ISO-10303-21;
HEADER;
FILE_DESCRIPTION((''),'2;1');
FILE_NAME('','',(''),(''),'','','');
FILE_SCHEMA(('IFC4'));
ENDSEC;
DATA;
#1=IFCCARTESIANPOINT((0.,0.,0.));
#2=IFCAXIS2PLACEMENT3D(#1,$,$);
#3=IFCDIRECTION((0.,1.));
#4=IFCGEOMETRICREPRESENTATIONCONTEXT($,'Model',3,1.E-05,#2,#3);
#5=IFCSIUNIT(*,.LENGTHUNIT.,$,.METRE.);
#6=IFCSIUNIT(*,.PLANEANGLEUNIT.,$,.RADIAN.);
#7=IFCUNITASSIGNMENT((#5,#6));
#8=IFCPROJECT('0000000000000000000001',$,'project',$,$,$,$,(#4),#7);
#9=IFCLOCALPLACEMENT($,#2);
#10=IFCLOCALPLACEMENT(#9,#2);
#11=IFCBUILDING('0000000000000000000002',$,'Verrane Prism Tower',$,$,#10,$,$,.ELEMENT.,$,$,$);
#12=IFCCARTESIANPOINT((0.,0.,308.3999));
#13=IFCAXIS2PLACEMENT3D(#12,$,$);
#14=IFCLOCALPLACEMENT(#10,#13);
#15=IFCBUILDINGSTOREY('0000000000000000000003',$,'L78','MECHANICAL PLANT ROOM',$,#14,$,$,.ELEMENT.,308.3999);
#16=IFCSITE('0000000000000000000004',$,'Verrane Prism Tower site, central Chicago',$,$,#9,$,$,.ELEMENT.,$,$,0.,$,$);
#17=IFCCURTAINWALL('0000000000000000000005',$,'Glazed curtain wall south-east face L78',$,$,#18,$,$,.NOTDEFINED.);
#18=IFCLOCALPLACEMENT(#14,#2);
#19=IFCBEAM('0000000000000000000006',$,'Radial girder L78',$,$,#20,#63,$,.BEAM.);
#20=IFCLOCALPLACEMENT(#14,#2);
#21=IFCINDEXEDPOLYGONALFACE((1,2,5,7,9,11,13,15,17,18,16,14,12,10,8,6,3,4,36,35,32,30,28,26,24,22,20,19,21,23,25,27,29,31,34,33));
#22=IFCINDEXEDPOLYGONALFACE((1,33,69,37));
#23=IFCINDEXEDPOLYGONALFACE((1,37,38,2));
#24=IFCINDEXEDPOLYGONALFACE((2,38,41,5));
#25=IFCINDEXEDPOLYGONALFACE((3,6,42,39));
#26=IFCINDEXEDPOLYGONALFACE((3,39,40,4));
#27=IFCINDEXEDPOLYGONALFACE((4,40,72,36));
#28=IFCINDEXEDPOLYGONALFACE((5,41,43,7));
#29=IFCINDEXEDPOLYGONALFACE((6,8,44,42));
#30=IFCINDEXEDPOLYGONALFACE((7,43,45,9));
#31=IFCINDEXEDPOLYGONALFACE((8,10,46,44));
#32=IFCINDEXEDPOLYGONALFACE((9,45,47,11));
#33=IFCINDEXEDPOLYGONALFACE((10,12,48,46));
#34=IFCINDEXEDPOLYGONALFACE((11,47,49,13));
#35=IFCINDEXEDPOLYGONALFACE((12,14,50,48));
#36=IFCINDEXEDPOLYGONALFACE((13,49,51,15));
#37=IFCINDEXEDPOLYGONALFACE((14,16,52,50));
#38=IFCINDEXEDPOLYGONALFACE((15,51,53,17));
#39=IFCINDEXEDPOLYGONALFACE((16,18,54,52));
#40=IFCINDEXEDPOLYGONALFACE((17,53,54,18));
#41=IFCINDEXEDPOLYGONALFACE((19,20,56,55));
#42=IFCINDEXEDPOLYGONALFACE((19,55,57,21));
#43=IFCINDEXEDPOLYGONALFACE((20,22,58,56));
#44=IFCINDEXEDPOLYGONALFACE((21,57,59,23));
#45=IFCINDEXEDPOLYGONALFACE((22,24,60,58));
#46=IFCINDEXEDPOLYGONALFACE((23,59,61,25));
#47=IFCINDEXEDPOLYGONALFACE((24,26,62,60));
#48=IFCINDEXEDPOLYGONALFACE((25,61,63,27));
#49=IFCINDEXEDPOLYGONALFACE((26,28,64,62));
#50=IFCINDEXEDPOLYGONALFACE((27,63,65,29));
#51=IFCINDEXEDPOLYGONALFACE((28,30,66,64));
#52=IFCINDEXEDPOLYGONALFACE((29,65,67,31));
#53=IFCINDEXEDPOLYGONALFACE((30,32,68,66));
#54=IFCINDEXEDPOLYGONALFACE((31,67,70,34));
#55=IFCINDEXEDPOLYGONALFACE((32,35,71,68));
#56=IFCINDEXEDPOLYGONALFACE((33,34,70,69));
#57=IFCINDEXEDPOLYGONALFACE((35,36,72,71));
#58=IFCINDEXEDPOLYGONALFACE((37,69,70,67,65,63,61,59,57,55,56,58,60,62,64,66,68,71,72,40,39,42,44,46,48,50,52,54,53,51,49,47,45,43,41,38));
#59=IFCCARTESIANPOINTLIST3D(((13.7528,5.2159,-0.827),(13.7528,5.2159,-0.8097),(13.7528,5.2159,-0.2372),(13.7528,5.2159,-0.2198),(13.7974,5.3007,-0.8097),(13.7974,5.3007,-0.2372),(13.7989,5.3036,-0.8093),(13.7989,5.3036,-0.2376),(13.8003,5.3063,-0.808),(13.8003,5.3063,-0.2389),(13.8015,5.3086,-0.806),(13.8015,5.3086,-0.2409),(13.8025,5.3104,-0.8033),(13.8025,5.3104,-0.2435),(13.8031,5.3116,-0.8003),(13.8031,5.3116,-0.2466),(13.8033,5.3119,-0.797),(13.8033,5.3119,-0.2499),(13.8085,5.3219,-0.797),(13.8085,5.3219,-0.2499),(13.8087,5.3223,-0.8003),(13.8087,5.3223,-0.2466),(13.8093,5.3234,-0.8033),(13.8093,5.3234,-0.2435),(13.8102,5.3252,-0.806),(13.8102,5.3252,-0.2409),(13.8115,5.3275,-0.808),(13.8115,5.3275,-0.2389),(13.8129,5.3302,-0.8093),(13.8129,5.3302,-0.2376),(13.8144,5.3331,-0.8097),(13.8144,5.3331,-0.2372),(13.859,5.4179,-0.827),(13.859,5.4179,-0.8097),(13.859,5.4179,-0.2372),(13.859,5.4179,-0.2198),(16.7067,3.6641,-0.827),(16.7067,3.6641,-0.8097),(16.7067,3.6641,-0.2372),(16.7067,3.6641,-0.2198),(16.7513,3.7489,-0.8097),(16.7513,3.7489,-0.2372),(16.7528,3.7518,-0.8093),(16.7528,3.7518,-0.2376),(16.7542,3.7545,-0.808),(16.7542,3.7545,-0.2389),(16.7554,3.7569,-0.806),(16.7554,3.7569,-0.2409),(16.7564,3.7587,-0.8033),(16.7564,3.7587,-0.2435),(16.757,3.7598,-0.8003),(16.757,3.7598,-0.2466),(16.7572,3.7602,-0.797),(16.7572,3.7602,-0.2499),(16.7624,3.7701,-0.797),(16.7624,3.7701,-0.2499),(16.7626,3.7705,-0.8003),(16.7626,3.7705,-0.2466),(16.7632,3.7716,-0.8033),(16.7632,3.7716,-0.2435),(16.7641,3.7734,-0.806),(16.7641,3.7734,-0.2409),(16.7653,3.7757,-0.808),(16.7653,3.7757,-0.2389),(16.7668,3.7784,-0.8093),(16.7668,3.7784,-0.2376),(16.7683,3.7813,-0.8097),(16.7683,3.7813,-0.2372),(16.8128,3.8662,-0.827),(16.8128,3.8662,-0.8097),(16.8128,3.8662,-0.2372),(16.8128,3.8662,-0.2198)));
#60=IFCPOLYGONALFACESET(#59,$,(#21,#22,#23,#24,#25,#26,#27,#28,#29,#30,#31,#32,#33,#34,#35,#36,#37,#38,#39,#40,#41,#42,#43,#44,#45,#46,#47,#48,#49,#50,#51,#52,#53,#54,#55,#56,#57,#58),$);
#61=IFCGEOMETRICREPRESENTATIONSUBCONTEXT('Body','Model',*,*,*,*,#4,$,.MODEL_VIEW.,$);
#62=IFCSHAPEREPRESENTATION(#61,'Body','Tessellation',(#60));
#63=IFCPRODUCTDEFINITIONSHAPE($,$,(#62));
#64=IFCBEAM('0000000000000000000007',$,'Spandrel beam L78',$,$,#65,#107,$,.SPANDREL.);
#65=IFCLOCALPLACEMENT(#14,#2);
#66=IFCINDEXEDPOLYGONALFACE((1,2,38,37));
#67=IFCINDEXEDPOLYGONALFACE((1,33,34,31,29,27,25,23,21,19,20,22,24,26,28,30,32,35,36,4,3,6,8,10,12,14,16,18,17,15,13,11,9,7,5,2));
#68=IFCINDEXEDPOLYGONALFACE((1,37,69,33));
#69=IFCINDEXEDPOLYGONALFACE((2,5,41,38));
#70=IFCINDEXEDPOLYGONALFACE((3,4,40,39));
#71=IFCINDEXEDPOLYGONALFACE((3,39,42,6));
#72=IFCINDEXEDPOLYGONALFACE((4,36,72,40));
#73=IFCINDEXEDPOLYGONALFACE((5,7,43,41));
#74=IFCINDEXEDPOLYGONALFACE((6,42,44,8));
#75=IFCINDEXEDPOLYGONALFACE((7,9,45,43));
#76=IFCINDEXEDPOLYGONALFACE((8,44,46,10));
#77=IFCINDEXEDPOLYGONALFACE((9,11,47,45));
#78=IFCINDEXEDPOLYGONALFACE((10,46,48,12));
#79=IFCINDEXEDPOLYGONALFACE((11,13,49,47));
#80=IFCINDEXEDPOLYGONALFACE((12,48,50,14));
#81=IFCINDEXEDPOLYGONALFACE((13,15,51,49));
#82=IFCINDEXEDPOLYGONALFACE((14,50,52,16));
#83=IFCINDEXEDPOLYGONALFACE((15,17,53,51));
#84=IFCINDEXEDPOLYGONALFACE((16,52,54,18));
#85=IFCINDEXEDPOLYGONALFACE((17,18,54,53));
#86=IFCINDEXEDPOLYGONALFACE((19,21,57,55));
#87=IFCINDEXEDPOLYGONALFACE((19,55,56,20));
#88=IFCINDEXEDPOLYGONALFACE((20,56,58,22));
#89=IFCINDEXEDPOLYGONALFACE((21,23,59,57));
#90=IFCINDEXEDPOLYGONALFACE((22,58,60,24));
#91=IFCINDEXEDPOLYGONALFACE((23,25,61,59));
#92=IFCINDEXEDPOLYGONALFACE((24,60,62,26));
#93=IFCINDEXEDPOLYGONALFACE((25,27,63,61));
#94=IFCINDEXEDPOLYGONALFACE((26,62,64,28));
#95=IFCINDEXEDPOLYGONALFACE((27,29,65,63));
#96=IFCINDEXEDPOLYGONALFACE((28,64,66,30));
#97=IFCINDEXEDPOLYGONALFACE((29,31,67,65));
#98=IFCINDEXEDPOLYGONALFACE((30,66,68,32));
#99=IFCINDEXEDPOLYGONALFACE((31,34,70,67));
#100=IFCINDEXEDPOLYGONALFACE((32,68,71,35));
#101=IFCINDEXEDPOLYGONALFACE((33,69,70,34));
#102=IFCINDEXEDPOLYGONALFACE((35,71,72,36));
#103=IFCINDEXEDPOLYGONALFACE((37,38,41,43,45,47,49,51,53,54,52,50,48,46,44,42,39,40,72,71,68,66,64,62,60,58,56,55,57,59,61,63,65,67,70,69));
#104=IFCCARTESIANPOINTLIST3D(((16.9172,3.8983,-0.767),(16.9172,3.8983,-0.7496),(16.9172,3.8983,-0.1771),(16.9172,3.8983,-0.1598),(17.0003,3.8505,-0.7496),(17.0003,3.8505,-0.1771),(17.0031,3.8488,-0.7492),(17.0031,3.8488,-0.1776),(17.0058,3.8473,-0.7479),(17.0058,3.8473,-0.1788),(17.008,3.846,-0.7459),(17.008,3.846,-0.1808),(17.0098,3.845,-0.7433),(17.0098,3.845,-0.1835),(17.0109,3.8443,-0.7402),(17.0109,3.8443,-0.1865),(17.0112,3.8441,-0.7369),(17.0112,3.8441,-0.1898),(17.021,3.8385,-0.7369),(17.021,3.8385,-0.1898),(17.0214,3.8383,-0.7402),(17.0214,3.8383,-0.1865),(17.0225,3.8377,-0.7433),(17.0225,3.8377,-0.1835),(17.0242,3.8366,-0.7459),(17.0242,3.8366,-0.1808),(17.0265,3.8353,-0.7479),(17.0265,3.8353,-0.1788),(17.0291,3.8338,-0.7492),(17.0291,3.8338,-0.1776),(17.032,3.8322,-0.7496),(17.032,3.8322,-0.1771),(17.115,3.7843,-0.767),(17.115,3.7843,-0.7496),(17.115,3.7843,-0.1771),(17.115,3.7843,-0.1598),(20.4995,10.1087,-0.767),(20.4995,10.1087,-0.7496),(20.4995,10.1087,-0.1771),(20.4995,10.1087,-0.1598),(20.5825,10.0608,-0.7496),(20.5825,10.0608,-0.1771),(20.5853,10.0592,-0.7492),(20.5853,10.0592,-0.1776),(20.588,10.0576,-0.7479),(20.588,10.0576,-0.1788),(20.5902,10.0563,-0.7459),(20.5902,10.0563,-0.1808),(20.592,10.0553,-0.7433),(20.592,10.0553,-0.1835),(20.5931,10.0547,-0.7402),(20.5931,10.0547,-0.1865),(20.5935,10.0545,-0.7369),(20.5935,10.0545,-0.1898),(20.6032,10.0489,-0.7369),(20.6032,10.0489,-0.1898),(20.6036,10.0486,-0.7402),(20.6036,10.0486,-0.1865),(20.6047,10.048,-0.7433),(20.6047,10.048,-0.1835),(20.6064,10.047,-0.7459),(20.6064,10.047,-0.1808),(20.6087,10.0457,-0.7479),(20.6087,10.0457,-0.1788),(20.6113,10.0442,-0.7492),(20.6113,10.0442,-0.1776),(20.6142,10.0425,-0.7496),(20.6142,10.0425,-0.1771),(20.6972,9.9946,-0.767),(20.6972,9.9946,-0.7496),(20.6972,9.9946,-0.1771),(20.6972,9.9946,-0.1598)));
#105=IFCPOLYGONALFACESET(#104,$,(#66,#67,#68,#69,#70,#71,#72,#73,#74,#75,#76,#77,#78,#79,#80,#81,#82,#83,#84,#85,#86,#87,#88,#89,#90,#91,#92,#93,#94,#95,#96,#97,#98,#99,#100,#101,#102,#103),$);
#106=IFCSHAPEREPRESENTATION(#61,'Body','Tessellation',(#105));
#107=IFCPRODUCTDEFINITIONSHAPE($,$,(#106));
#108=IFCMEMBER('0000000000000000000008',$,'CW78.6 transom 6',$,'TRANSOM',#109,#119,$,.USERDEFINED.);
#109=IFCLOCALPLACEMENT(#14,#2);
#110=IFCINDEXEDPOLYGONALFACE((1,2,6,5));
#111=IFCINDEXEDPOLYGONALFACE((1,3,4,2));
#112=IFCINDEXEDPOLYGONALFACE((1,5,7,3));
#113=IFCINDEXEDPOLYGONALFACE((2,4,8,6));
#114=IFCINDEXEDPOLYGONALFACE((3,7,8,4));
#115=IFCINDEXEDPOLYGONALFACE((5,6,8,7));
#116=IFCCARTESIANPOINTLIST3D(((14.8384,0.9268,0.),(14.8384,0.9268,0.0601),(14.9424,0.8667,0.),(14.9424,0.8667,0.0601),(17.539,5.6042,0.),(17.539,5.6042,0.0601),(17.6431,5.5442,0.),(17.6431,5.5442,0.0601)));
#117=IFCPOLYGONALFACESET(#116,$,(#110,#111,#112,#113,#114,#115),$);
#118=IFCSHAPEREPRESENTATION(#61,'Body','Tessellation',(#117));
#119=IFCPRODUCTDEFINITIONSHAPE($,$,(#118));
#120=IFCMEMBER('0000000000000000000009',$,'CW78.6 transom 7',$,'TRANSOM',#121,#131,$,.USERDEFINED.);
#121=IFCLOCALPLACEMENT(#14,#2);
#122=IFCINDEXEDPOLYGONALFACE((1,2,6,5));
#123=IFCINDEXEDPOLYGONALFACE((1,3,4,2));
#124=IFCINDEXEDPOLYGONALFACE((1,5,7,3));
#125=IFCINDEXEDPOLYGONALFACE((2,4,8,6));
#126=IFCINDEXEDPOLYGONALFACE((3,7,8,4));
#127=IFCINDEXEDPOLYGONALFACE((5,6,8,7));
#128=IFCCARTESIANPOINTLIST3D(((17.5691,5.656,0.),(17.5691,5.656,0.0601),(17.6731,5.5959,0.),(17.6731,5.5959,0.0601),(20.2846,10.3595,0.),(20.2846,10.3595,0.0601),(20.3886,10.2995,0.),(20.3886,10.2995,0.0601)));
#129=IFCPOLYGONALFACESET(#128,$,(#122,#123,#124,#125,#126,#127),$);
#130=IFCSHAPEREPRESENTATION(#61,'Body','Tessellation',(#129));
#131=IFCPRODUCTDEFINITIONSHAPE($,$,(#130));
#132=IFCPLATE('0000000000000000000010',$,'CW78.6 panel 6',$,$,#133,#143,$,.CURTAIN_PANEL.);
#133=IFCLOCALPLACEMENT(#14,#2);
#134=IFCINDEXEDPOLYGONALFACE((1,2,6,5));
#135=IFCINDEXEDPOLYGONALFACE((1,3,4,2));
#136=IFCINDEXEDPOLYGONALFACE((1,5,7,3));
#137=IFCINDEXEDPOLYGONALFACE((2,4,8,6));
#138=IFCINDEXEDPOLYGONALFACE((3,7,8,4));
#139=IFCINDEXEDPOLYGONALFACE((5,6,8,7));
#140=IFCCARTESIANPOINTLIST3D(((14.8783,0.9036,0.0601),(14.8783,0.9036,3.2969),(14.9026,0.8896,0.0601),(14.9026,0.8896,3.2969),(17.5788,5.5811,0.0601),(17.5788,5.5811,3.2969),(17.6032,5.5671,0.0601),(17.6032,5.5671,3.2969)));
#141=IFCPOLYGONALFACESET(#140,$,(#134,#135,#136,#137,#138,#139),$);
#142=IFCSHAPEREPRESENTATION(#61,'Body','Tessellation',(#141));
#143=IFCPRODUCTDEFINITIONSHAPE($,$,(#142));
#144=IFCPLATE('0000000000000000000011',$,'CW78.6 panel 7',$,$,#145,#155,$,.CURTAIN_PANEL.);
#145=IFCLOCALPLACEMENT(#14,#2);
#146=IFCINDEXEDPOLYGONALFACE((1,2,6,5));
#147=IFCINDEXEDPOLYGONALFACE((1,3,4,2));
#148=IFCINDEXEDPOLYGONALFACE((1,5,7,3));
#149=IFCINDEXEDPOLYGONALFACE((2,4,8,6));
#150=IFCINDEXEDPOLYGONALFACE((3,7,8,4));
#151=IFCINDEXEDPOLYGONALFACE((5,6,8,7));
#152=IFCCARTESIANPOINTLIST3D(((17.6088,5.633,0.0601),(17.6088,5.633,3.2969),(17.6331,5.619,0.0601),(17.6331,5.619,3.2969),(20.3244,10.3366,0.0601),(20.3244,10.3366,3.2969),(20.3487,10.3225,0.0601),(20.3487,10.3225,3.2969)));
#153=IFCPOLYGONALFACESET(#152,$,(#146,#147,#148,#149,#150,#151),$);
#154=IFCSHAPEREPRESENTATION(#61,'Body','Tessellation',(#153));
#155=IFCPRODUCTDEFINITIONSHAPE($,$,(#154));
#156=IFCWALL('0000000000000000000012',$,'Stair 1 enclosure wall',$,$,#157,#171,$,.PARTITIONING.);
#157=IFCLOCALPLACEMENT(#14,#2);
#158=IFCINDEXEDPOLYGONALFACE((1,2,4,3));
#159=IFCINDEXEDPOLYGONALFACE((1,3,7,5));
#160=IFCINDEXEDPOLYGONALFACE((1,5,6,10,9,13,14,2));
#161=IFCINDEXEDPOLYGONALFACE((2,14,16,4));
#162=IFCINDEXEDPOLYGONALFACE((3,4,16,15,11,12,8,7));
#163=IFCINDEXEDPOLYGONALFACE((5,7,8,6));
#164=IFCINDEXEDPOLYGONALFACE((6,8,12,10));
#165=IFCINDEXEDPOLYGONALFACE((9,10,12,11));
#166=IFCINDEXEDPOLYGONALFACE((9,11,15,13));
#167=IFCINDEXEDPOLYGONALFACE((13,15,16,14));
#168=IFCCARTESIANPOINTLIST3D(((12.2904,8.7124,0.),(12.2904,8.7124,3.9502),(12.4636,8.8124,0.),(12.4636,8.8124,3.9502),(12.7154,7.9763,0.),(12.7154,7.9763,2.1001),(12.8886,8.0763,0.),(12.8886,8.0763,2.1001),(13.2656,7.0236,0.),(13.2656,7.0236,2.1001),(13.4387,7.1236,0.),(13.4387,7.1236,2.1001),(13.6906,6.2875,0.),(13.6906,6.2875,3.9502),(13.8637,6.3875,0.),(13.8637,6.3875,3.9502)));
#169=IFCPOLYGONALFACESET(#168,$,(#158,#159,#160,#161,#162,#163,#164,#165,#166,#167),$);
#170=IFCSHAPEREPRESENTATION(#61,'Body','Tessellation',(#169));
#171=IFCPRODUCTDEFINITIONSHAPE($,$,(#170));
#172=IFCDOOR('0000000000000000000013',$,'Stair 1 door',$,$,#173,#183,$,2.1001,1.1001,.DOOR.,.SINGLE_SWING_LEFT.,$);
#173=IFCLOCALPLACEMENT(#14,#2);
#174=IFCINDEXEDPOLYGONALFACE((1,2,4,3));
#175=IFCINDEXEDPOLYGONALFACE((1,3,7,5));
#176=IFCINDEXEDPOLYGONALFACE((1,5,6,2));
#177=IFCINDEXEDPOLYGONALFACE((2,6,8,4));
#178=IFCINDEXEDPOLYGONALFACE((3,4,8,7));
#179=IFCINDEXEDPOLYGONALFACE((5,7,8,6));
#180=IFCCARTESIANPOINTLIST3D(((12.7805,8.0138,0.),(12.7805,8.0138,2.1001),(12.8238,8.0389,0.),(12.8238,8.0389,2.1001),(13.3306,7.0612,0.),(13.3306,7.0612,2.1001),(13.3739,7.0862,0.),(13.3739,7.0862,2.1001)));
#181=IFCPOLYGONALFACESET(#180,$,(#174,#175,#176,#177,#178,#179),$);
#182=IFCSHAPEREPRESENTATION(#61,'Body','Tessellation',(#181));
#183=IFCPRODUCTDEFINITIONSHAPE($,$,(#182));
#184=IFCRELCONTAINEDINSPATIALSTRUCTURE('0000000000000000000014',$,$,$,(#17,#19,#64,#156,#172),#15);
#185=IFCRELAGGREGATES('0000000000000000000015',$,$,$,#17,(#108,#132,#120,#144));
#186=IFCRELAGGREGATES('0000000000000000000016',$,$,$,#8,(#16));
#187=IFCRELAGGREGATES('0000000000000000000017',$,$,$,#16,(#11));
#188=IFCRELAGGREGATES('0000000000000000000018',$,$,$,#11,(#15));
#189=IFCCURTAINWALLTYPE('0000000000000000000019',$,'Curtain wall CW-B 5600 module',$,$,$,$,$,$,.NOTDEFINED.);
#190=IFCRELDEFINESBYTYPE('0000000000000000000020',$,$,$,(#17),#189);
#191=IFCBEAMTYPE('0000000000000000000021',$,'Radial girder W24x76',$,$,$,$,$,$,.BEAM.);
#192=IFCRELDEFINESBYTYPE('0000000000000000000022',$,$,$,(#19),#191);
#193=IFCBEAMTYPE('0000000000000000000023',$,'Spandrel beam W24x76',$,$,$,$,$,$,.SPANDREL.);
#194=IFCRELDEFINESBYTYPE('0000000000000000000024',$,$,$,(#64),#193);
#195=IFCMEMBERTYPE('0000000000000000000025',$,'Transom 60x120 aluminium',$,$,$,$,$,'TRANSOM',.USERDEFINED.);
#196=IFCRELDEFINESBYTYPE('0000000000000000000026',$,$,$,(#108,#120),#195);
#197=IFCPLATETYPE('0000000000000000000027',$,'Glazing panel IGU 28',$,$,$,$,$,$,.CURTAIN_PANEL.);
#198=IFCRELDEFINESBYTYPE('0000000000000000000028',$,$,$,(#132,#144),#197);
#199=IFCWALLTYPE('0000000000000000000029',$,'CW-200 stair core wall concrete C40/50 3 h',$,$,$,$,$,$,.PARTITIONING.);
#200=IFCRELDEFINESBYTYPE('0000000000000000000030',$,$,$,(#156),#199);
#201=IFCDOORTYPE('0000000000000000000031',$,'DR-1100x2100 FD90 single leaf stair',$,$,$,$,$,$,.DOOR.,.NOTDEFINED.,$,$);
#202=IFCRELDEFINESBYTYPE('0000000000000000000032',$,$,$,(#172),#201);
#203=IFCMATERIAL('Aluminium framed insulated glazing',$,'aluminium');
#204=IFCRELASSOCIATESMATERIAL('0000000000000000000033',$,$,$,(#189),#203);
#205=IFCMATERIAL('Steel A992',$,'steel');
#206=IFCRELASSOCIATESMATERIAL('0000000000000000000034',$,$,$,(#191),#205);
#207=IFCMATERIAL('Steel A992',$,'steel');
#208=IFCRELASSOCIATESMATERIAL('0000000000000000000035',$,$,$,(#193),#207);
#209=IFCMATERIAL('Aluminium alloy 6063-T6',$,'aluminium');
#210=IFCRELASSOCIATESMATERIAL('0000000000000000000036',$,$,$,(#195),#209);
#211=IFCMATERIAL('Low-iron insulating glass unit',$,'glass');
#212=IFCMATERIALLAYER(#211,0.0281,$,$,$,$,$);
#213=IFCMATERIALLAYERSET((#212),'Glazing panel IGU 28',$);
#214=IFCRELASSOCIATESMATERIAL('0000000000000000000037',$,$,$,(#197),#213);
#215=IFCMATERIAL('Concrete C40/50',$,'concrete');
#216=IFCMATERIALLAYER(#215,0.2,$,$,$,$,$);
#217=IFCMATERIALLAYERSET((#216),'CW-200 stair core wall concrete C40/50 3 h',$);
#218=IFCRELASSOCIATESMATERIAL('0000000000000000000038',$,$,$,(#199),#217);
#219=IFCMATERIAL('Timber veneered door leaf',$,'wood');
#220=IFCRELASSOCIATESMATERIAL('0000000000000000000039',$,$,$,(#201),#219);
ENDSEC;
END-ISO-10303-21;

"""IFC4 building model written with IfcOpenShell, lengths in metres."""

from ifc_helpers import new_model, si_unit, direction, frame, frame_2d, origin, origin_2d, place, context, subcontext, project, spatial, rectangle, i_section, extrude, material, layer, layer_set, material_profile, profile_set, type_object, element, fill, aggregate, save


model = new_model("IFC4")

# Units and contexts
model_context = context("Model", 3, precision=1e-05, world=origin(), true_north=direction((0.0, 1.0)))
body_context = subcontext(model_context, "Body", "Model", "MODEL_VIEW")
ifc_project = project(units=[si_unit("LENGTHUNIT", "METRE"), si_unit("PLANEANGLEUNIT", "RADIAN")], contexts=[model_context])

# Site, building, storey
site_placement = place(None, origin())
site = spatial("IfcSite", under=ifc_project, at=site_placement, Name="Verrane Prism Tower site, central Chicago", CompositionType="ELEMENT", RefElevation=0.0)
building_placement = place(site_placement, origin())
building = spatial("IfcBuilding", under=site, at=building_placement, Name="Verrane Prism Tower", CompositionType="ELEMENT")
storey_placement = place(building_placement, frame((0.0, 0.0, 308.3999)))
storey = spatial("IfcBuildingStorey", under=building, at=storey_placement, Name="L78", Description="MECHANICAL PLANT ROOM", CompositionType="ELEMENT", Elevation=308.3999)

# Curtain wall
ifc_material_1 = material(Name="Aluminium framed insulated glazing", Category="aluminium")
curtain_wall_type = type_object("IfcCurtainWallType", Name="Curtain wall CW-B 5600 module", PredefinedType="NOTDEFINED", material=ifc_material_1)
curtain_wall_placement = place(storey_placement, origin())
curtain_wall = element("IfcCurtainWall", 1, at=curtain_wall_placement, inside=storey, type_object=curtain_wall_type, Name="Glazed curtain wall south-east face L78", PredefinedType="NOTDEFINED")

# Beams
ifc_material_2 = material(Name="Steel A992", Category="steel")
ifc_material_profile_1 = material_profile(ifc_material_2, i_section(OverallWidth=0.2283, OverallDepth=0.6072, WebThickness=0.0112, FlangeThickness=0.0173, FilletRadius=0.0127, at=origin_2d()), Name="W24x76")
ifc_profile_set_1 = profile_set([ifc_material_profile_1], Name="Steel A992")
beam_type_1 = type_object("IfcBeamType", Name="Radial girder W24x76", PredefinedType="BEAM", material=ifc_profile_set_1)
beam_1_placement = place(storey_placement, frame((16.7598, 3.7651, -0.5234), z_axis=(-0.885277, 0.465065, 0.0), x_axis=(-0.465065, -0.885277, 0.0)))
element("IfcBeam", 2, at=beam_1_placement, inside=storey, type_object=beam_type_1, Name="Radial girder L78", PredefinedType="BEAM", context=body_context, shape_type="SweptSolid", body=[
    extrude(i_section(OverallWidth=0.2283, OverallDepth=0.6072, WebThickness=0.0112, FlangeThickness=0.0173, FilletRadius=0.0127, at=origin_2d()), origin(), (0.0, 0.0, 1.0), 3.3367),
])
ifc_material_3 = material(Name="Steel A992", Category="steel")
ifc_material_profile_2 = material_profile(ifc_material_3, i_section(OverallWidth=0.2283, OverallDepth=0.6072, WebThickness=0.0112, FlangeThickness=0.0173, FilletRadius=0.0127, at=origin_2d()), Name="W24x76")
ifc_profile_set_2 = profile_set([ifc_material_profile_2], Name="Steel A992")
beam_type_2 = type_object("IfcBeamType", Name="Spandrel beam W24x76", PredefinedType="SPANDREL", material=ifc_profile_set_2)
beam_2_placement = place(storey_placement, frame((17.0161, 3.8413, -0.4634), z_axis=(0.499652, 0.866226, 0.0), x_axis=(-0.866226, 0.499652, 0.0)))
element("IfcBeam", 3, at=beam_2_placement, inside=storey, type_object=beam_type_2, Name="Spandrel beam L78", PredefinedType="SPANDREL", context=body_context, shape_type="SweptSolid", body=[
    extrude(i_section(OverallWidth=0.2283, OverallDepth=0.6072, WebThickness=0.0112, FlangeThickness=0.0173, FilletRadius=0.0127, at=origin_2d()), origin(), (0.0, 0.0, 1.0), 7.1694),
])

# Members
ifc_material_4 = material(Name="Aluminium alloy 6063-T6", Category="aluminium")
ifc_material_profile_3 = material_profile(ifc_material_4, rectangle(XDim=0.1201, YDim=0.0601, at=origin_2d()), Name="Transom 60x120 aluminium")
ifc_profile_set_3 = profile_set([ifc_material_profile_3], Name="Aluminium alloy 6063-T6")
member_type_1 = type_object("IfcMemberType", Name="Transom 60x120 aluminium", ElementType="TRANSOM", PredefinedType="USERDEFINED", material=ifc_profile_set_3)
member_1_placement = place(storey_placement, frame((14.8904, 0.8967, 0.03), z_axis=(0.500019, 0.866015, 0.0), x_axis=(-0.866015, 0.500019, 0.0)))
member_1 = element("IfcMember", 4, at=member_1_placement, type_object=member_type_1, Name="CW78.6 transom 6", ObjectType="TRANSOM", PredefinedType="USERDEFINED", context=body_context, shape_type="SweptSolid", body=[
    extrude(rectangle(XDim=0.1201, YDim=0.0601, at=origin_2d()), origin(), (0.0, 0.0, 1.0), 5.4011),
])
member_2_placement = place(storey_placement, frame((17.6211, 5.626, 0.03), z_axis=(0.499992, 0.86603, 0.0), x_axis=(-0.86603, 0.499992, 0.0)))
member_2 = element("IfcMember", 5, at=member_2_placement, type_object=member_type_1, Name="CW78.6 transom 7", ObjectType="TRANSOM", PredefinedType="USERDEFINED", context=body_context, shape_type="SweptSolid", body=[
    extrude(rectangle(XDim=0.1201, YDim=0.0601, at=origin_2d()), origin(), (0.0, 0.0, 1.0), 5.4312),
])

# Plates
ifc_material_5 = material(Name="Low-iron insulating glass unit", Category="glass")
ifc_layer_1 = layer(ifc_material_5, 0.0281)
ifc_layer_set_1 = layer_set([ifc_layer_1], Name="Glazing panel IGU 28")
plate_type = type_object("IfcPlateType", Name="Glazing panel IGU 28", PredefinedType="CURTAIN_PANEL", material=ifc_layer_set_1)
plate_1_placement = place(storey_placement, frame((16.2407, 3.2354, 0.0601), z_axis=(0.0, 0.0, 1.0), x_axis=(0.5, 0.866025, 0.0)))
plate_1 = element("IfcPlate", 6, at=plate_1_placement, type_object=plate_type, Name="CW78.6 panel 6", PredefinedType="CURTAIN_PANEL", context=body_context, shape_type="SweptSolid", body=[
    extrude(rectangle(XDim=5.4011, YDim=0.0281, at=origin_2d()), origin(), (0.0, 0.0, 1.0), 3.2368),
])
plate_2_placement = place(storey_placement, frame((18.9788, 7.9778, 0.0601), z_axis=(0.0, 0.0, 1.0), x_axis=(0.5, 0.866025, 0.0)))
plate_2 = element("IfcPlate", 7, at=plate_2_placement, type_object=plate_type, Name="CW78.6 panel 7", PredefinedType="CURTAIN_PANEL", context=body_context, shape_type="SweptSolid", body=[
    extrude(rectangle(XDim=5.4312, YDim=0.0281, at=origin_2d()), origin(), (0.0, 0.0, 1.0), 3.2368),
])
aggregate(curtain_wall, [member_1, plate_1, member_2, plate_2])

# Wall, opening, door
ifc_material_6 = material(Name="Concrete C40/50", Category="concrete")
ifc_layer_2 = layer(ifc_material_6, 0.2)
ifc_layer_set_2 = layer_set([ifc_layer_2], Name="CW-200 stair core wall concrete C40/50 3 h")
wall_type_1 = type_object("IfcWallType", Name="CW-200 stair core wall concrete C40/50 3 h", PredefinedType="PARTITIONING", material=ifc_layer_set_2)
wall_1_placement = place(storey_placement, frame((13.7771, 6.3376, 0.0), z_axis=(0.0, 0.0, 1.0), x_axis=(-0.50005, 0.865997, 0.0)))
wall_1 = element("IfcWall", 8, at=wall_1_placement, inside=storey, type_object=wall_type_1, Name="Stair 1 enclosure wall", PredefinedType="PARTITIONING", context=body_context, shape_type="SweptSolid", body=[
    extrude(rectangle(XDim=2.8, YDim=0.2, at=frame_2d((1.3999, 0.0))), origin(), (0.0, 0.0, 1.0), 3.9502),
])
opening_1_placement = place(wall_1_placement, frame((0.8499, 0.0, 0.0)))
opening_1 = element("IfcOpeningElement", 9, at=opening_1_placement, cuts=wall_1, PredefinedType="OPENING", context=body_context, shape_type="SweptSolid", body=[
    extrude(rectangle(XDim=1.1001, YDim=2.1001, at=frame_2d((0.55, 1.05))), frame((0.0, 0.1099, 0.0), z_axis=(0.0, -1.0, 0.0), x_axis=(1.0, 0.0, 0.0)), (0.0, 0.0, 1.0), 0.22),
])
ifc_material_7 = material(Name="Timber veneered door leaf", Category="wood")
door_type_1 = type_object("IfcDoorType", Name="DR-1100x2100 FD90 single leaf stair", OperationType="NOTDEFINED", PredefinedType="DOOR", material=ifc_material_7)
door_1_placement = place(opening_1_placement, origin())
door_1 = element("IfcDoor", 10, at=door_1_placement, inside=storey, type_object=door_type_1, Name="Stair 1 door", OperationType="SINGLE_SWING_LEFT", OverallHeight=2.1001, OverallWidth=1.1001, PredefinedType="DOOR", context=body_context, shape_type="SweptSolid", body=[
    extrude(rectangle(XDim=1.1001, YDim=2.1001, at=frame_2d((0.55, 1.05))), frame((0.0, 0.0249, 0.0), z_axis=(0.0, -1.0, 0.0), x_axis=(1.0, 0.0, 0.0)), (0.0, 0.0, 1.0), 0.05),
])
fill(opening_1, door_1)

save(model, "model.ifc")
